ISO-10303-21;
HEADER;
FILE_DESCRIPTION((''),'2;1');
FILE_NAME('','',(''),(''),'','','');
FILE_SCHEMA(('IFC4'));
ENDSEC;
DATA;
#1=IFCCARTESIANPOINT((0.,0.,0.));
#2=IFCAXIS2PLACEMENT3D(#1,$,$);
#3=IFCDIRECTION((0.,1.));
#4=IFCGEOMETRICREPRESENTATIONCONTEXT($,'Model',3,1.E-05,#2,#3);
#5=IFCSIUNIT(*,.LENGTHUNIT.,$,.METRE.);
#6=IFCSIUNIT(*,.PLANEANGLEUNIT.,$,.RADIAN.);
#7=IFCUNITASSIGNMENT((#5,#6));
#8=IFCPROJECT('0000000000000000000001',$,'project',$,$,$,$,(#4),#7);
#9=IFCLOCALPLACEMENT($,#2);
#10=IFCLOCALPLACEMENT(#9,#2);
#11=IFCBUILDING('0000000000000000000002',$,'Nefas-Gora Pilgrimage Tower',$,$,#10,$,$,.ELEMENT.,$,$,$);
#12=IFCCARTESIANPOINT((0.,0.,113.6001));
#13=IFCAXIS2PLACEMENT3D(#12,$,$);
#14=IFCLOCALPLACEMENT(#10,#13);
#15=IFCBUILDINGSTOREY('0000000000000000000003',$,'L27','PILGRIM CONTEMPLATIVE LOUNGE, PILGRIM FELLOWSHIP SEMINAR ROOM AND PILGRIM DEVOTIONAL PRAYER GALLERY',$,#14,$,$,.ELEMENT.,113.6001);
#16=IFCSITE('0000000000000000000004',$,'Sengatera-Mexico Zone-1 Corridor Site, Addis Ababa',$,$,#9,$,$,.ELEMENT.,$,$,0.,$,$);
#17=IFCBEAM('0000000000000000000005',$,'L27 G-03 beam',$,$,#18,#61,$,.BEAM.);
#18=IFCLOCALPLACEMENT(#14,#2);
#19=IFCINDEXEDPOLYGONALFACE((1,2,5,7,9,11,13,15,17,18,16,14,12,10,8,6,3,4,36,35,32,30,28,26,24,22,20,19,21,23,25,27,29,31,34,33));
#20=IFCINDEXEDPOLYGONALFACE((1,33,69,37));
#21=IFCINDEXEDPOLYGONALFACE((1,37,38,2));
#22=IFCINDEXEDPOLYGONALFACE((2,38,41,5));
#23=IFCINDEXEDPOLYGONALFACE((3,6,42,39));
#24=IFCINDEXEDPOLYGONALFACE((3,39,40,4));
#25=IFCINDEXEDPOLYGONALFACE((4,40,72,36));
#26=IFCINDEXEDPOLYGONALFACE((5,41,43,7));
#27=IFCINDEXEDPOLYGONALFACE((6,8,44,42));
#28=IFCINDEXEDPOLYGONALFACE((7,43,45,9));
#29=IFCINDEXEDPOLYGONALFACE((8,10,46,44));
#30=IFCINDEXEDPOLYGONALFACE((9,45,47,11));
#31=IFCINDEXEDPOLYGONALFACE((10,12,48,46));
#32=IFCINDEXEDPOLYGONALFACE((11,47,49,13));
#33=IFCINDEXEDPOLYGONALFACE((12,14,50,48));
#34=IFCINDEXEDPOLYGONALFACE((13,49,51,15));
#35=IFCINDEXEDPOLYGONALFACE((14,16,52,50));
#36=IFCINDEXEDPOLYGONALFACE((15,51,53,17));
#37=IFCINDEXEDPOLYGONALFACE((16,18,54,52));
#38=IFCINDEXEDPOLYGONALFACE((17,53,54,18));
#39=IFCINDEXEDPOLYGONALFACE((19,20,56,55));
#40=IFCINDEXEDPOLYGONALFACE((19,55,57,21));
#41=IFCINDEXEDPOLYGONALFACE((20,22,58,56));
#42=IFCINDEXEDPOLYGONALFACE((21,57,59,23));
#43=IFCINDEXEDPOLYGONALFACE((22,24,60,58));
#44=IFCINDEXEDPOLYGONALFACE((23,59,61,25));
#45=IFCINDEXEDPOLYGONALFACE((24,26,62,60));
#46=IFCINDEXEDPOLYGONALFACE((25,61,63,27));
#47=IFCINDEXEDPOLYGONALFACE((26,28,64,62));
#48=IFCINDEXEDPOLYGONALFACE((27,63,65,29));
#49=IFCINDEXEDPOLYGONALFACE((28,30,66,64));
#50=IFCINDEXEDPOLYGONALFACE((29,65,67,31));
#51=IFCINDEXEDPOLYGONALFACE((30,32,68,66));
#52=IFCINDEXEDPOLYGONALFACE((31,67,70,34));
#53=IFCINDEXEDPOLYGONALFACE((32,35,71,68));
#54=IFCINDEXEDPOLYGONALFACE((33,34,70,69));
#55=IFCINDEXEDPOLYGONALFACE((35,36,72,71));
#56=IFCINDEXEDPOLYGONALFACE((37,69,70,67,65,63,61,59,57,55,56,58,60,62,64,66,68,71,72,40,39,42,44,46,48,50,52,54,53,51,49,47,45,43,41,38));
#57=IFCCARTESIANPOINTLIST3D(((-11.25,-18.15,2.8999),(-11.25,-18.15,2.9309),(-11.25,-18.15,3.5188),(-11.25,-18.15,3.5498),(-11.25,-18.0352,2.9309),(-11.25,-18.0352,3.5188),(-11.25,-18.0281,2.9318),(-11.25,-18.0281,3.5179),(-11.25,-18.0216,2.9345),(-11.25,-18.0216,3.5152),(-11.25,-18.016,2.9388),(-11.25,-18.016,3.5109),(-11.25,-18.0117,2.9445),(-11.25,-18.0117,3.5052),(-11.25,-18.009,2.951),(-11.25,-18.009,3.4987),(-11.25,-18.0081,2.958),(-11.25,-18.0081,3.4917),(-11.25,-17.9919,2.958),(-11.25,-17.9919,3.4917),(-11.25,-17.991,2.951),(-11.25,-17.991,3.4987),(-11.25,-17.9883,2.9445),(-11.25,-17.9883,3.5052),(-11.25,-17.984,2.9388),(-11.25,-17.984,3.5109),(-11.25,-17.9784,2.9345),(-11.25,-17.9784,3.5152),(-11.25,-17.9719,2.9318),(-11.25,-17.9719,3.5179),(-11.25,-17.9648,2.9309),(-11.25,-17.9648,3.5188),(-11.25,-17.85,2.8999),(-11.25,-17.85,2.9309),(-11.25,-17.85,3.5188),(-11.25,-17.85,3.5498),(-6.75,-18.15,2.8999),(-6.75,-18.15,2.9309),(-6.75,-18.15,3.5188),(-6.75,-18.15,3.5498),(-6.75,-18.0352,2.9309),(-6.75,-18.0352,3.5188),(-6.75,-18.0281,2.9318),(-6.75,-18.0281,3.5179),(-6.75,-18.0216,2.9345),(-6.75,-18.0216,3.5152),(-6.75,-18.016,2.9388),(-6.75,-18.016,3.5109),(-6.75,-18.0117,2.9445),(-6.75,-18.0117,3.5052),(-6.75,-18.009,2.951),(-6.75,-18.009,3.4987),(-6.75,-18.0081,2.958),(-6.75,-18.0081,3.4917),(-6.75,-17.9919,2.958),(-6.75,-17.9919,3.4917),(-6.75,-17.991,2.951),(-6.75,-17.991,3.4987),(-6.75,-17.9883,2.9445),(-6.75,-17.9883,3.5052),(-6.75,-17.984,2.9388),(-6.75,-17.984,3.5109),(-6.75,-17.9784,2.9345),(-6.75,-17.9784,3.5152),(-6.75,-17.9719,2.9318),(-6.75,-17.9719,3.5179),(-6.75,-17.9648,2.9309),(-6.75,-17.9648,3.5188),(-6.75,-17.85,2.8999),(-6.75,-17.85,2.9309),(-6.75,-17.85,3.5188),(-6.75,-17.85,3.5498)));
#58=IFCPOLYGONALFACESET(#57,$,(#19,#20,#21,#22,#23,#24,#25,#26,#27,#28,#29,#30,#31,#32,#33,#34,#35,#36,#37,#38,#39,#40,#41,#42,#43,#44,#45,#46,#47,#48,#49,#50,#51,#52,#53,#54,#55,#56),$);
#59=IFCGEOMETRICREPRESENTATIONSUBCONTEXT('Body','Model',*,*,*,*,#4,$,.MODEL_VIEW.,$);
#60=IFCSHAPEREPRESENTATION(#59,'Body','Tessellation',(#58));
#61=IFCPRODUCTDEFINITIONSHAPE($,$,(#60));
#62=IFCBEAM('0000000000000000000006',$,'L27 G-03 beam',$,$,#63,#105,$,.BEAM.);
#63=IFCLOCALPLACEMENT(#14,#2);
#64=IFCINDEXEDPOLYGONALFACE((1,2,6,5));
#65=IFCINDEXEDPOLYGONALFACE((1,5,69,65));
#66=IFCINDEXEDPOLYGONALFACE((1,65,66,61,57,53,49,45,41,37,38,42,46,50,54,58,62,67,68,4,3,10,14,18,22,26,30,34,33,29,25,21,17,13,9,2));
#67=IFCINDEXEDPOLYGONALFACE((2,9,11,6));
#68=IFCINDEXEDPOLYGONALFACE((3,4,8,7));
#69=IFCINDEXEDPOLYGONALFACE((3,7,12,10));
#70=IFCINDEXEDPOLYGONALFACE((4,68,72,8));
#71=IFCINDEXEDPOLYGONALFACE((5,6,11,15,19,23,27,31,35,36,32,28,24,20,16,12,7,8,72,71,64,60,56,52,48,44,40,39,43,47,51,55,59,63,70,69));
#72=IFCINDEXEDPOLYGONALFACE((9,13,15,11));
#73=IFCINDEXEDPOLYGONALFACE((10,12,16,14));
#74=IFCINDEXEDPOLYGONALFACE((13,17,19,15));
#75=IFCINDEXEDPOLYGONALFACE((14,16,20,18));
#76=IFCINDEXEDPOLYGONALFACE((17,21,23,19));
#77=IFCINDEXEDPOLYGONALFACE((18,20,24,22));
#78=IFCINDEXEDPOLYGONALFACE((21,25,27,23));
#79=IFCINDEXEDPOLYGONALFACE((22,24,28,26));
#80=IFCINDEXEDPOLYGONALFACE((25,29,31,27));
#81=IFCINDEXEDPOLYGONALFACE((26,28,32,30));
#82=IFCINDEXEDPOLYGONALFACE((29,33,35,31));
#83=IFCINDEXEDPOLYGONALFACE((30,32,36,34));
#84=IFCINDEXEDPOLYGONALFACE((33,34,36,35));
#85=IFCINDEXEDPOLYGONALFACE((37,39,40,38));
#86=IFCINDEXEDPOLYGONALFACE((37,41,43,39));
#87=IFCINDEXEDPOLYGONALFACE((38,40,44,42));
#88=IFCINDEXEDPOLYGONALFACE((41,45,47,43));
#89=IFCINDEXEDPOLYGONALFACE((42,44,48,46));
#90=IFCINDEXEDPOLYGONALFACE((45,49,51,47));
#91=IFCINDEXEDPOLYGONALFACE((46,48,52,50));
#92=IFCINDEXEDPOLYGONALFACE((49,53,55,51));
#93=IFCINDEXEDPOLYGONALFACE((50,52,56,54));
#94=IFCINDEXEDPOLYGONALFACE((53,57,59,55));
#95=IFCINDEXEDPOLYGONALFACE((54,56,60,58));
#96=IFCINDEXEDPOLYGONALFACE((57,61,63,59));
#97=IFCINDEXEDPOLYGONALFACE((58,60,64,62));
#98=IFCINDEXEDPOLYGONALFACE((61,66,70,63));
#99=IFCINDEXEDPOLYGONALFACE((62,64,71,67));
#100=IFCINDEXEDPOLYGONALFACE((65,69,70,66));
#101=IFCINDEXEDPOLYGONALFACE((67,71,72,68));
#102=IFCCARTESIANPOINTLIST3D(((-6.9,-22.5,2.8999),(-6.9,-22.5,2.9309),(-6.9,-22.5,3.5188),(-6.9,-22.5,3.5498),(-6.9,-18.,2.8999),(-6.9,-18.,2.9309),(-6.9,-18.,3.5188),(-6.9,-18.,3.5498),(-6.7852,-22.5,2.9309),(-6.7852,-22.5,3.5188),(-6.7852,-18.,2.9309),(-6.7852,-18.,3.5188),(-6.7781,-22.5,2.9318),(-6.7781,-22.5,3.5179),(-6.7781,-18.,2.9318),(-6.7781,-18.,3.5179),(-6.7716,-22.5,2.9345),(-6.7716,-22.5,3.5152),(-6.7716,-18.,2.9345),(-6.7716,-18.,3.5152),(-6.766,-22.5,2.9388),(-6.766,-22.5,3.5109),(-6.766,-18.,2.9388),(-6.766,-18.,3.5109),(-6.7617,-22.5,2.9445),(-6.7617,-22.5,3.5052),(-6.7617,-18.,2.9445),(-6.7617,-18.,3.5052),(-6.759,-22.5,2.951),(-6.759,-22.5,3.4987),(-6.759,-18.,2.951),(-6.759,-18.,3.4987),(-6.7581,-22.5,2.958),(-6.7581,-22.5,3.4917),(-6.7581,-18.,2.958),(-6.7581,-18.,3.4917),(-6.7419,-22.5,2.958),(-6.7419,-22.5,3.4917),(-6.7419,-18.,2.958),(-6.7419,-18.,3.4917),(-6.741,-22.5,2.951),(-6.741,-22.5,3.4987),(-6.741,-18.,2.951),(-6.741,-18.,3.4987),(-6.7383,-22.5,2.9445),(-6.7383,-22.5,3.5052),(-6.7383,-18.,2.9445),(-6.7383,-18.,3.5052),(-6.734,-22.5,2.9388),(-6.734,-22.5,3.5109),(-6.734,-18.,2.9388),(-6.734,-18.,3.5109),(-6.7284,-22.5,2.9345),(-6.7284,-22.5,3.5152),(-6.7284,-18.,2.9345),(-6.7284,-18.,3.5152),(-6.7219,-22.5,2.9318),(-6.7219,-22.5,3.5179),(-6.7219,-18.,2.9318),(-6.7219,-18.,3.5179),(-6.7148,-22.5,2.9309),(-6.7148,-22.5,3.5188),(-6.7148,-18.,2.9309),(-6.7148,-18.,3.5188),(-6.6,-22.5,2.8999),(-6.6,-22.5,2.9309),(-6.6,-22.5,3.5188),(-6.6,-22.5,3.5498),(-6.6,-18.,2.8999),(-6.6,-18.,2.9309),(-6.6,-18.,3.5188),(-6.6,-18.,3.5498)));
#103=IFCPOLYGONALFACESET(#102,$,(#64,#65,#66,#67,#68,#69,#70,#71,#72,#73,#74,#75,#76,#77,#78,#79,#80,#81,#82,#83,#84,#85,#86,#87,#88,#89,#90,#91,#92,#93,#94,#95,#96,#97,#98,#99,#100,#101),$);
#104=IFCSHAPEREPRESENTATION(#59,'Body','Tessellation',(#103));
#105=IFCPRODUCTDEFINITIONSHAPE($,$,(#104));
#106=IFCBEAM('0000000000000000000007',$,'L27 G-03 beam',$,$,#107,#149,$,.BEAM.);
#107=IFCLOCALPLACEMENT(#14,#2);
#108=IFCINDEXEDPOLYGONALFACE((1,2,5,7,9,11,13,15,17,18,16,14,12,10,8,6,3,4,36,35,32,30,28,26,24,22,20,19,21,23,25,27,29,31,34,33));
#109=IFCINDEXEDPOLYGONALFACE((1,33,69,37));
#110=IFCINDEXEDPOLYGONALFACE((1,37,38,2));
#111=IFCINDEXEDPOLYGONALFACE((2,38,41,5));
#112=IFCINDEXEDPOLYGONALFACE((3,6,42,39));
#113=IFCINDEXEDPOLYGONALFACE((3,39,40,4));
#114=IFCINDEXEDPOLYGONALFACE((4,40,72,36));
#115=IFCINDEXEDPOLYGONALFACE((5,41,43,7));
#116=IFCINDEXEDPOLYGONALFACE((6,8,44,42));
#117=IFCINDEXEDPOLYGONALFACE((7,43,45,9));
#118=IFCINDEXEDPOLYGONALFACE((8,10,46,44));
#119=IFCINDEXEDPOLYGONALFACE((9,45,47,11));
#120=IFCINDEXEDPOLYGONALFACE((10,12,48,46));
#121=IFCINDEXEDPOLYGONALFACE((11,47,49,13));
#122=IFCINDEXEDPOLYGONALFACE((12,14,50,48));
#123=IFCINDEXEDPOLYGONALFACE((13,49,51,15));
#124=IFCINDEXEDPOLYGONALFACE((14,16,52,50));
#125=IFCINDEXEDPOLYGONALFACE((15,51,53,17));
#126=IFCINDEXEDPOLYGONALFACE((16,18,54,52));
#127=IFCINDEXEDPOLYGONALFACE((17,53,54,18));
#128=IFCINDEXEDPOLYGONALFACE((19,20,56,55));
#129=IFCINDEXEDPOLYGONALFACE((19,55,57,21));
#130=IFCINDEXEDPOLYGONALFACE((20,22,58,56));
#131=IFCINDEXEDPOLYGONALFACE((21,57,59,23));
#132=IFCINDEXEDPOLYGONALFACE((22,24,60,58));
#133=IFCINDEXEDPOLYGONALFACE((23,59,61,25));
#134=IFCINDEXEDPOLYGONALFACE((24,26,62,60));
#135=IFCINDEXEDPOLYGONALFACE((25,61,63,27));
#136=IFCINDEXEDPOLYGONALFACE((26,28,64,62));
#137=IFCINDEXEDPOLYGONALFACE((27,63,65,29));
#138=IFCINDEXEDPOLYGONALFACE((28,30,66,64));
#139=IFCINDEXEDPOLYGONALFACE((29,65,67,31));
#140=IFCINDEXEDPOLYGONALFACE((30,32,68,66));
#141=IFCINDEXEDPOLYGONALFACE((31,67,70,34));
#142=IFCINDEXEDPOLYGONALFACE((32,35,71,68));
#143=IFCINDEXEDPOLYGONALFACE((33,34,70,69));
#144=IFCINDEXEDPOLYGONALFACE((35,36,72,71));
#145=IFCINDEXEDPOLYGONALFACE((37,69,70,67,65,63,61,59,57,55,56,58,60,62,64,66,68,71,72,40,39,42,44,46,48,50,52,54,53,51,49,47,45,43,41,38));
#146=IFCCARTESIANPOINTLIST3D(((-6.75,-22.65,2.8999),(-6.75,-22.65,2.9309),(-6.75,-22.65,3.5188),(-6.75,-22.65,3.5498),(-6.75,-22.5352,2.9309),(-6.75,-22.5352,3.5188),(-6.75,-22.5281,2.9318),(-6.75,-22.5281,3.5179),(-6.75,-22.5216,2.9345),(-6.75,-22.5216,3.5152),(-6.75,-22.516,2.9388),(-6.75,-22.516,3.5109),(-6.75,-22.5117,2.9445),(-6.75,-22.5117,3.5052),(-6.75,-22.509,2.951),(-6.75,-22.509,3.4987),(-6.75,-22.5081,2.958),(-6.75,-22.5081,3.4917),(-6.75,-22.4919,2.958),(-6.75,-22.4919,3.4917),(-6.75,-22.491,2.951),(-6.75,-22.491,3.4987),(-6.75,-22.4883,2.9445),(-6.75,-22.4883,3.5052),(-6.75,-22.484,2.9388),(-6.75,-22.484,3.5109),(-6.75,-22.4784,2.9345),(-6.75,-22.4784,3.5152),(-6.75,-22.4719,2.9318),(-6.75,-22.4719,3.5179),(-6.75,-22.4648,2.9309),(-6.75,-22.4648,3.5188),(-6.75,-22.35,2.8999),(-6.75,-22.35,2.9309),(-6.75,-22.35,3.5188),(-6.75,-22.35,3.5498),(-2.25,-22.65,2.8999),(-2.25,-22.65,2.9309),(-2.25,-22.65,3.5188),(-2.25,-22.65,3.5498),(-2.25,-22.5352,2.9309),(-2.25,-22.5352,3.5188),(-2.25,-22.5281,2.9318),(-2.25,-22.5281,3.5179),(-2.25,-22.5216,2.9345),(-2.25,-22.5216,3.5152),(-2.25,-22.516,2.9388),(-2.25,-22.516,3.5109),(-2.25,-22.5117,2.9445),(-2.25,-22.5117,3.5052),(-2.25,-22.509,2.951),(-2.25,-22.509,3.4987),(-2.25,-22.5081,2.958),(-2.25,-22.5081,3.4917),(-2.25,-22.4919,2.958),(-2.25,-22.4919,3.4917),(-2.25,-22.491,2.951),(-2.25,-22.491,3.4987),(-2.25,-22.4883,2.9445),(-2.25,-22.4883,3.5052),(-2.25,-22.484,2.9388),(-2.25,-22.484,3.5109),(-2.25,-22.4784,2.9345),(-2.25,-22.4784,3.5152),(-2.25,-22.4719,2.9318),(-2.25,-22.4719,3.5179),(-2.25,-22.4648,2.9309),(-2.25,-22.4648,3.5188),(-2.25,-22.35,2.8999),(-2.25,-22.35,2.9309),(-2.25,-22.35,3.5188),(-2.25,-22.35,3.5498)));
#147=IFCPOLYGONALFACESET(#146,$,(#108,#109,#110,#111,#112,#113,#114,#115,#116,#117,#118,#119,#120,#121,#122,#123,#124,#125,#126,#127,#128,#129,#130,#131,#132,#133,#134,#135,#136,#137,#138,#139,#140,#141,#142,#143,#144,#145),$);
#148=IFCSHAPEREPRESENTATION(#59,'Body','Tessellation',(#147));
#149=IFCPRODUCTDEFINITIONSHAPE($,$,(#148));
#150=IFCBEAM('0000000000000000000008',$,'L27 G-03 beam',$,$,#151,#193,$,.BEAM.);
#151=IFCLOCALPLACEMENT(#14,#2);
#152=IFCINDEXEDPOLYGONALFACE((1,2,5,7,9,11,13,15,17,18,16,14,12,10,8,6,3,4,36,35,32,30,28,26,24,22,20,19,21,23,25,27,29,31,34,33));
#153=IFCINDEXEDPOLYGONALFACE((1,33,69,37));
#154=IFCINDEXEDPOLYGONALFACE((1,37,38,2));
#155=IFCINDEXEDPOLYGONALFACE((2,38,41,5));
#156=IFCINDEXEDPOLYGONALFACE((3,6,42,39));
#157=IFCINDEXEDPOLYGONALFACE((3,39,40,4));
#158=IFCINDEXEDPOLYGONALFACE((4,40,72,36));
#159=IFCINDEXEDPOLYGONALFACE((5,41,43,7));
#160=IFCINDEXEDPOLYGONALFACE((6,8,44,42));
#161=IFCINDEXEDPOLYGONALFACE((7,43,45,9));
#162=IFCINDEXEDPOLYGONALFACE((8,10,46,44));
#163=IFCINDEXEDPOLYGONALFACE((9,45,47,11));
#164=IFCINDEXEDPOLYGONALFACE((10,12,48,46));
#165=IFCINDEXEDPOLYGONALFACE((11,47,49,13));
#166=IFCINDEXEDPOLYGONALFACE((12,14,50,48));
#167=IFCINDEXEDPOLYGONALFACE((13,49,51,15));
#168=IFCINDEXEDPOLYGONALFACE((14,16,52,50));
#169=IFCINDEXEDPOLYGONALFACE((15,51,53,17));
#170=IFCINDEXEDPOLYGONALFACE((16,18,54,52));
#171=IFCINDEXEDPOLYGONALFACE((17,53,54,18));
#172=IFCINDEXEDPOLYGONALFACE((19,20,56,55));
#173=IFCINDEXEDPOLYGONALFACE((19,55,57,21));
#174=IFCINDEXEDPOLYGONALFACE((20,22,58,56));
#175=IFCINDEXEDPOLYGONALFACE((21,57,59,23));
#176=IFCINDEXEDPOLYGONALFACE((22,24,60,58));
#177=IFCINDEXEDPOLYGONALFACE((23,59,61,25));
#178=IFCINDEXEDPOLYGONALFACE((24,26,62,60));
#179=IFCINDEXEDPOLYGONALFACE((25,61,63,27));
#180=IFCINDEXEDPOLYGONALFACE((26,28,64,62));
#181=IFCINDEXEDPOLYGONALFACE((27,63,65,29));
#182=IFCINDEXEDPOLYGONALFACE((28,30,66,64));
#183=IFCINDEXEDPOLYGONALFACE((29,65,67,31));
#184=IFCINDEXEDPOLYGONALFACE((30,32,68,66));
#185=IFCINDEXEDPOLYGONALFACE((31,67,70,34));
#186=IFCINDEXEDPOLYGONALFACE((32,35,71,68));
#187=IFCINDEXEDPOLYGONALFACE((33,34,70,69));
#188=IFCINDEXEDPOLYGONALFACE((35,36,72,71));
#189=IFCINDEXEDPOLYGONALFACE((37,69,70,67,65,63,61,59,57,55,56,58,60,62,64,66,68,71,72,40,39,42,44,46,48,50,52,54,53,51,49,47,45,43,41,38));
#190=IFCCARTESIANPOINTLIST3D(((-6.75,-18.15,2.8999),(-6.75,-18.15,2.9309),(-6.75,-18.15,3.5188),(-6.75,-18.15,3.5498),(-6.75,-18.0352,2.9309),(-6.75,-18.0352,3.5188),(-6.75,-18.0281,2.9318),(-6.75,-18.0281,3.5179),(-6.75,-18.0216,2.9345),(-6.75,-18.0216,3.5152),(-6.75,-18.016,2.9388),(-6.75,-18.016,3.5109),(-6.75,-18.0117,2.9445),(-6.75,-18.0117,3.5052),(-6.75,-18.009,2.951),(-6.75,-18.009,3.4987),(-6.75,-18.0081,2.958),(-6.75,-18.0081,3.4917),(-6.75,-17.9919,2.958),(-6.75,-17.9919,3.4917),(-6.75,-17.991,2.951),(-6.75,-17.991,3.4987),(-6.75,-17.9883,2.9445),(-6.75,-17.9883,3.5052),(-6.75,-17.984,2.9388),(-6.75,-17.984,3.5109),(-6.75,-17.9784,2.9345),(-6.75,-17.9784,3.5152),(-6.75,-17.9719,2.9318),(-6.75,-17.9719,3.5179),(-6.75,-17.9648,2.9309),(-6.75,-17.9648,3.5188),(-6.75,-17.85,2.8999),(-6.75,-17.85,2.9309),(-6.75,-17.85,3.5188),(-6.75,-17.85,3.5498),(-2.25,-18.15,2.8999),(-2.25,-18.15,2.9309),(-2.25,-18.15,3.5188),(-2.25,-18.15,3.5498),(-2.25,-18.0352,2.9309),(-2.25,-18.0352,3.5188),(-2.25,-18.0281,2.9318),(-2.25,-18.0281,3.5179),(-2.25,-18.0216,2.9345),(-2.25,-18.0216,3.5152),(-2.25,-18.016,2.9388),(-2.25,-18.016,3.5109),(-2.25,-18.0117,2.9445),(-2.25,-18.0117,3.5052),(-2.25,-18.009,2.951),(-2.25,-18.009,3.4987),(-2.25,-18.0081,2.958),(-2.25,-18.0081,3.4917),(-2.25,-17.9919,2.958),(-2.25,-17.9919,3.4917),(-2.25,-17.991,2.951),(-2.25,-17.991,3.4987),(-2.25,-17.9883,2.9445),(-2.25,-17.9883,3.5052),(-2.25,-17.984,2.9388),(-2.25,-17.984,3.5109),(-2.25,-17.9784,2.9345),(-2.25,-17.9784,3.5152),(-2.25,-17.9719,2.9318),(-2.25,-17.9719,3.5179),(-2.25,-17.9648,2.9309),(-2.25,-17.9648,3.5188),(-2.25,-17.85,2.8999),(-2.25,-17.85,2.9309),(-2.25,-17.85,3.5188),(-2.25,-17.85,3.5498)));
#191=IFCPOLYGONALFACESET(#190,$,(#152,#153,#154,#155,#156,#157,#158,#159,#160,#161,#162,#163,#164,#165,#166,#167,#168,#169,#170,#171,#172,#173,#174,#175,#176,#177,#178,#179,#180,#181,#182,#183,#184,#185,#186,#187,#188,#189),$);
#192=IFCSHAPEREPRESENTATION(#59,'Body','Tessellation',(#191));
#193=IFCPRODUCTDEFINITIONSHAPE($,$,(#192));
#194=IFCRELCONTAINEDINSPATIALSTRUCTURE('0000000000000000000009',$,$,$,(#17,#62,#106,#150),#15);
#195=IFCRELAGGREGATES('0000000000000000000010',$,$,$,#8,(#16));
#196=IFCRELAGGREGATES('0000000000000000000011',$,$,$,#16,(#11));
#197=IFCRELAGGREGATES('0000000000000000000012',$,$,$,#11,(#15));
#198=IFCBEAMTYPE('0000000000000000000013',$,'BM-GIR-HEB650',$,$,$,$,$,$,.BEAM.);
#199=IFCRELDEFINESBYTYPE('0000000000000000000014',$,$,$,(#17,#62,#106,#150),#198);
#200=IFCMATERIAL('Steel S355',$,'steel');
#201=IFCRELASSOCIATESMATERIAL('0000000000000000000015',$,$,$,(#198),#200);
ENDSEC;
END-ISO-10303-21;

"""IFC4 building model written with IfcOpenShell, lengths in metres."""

from ifc_helpers import new_model, si_unit, direction, frame, origin, origin_2d, place, context, subcontext, project, spatial, i_section, extrude, source, transform, mapped, material, material_profile, profile_set, type_object, element, save


model = new_model("IFC4")

# Units and contexts
model_context = context("Model", 3, precision=1e-05, world=origin(), true_north=direction((0.0, 1.0)))
body_context = subcontext(model_context, "Body", "Model", "MODEL_VIEW")
ifc_project = project(units=[si_unit("LENGTHUNIT", "METRE"), si_unit("PLANEANGLEUNIT", "RADIAN")], contexts=[model_context])

# Site, building, storey
site_placement = place(None, origin())
site = spatial("IfcSite", under=ifc_project, at=site_placement, Name="Sengatera-Mexico Zone-1 Corridor Site, Addis Ababa", CompositionType="ELEMENT", RefElevation=0.0)
building_placement = place(site_placement, origin())
building = spatial("IfcBuilding", under=site, at=building_placement, Name="Nefas-Gora Pilgrimage Tower", CompositionType="ELEMENT")
storey_placement = place(building_placement, frame((0.0, 0.0, 113.6001)))
storey = spatial("IfcBuildingStorey", under=building, at=storey_placement, Name="L27", Description="PILGRIM CONTEMPLATIVE LOUNGE, PILGRIM FELLOWSHIP SEMINAR ROOM AND PILGRIM DEVOTIONAL PRAYER GALLERY", CompositionType="ELEMENT", Elevation=113.6001)

# Beams
ifc_material_1 = material(Name="Steel S355", Category="steel")
ifc_material_profile_1 = material_profile(ifc_material_1, i_section(OverallWidth=0.3, OverallDepth=0.6499, WebThickness=0.0161, FlangeThickness=0.031, FilletRadius=0.0271, at=origin_2d()), Name="HEB 650")
ifc_profile_set_1 = profile_set([ifc_material_profile_1], Name="Steel S355")
beam_type = type_object("IfcBeamType", Name="BM-GIR-HEB650", PredefinedType="BEAM", material=ifc_profile_set_1)
shared_shape_1 = source(origin(), body_context, "Body", "SweptSolid", [
    extrude(i_section(OverallWidth=0.3, OverallDepth=0.6499, WebThickness=0.0161, FlangeThickness=0.031, FilletRadius=0.0271, at=origin_2d()), origin(), (0.0, 0.0, 1.0), 4.5),
])
for number, where, z_axis, x_axis, name in (
    (1, (-11.25, -18.0, 3.2249), (1.0, 0.0, 0.0), (0.0, 1.0, 0.0), "L27 G-03 beam"),
    (2, (-6.75, -22.5, 3.2249), (0.0, 1.0, 0.0), (-1.0, 0.0, 0.0), "L27 G-03 beam"),
    (3, (-6.75, -22.5, 3.2249), (1.0, 0.0, 0.0), (0.0, 1.0, 0.0), "L27 G-03 beam"),
    (4, (-6.75, -18.0, 3.2249), (1.0, 0.0, 0.0), (0.0, 1.0, 0.0), "L27 G-03 beam"),
):
    element("IfcBeam", number, at=place(storey_placement, frame(where, z_axis=z_axis, x_axis=x_axis)), inside=storey, type_object=beam_type, Name=name, PredefinedType="BEAM", context=body_context, shape_type="MappedRepresentation", body=[
        mapped(shared_shape_1, transform((0.0, 0.0, 0.0), x_axis=(1.0, 0.0, 0.0), y_axis=(0.0, 1.0, 0.0), z_axis=(0.0, 0.0, 1.0), scale=1.0)),
    ])

save(model, "model.ifc")
